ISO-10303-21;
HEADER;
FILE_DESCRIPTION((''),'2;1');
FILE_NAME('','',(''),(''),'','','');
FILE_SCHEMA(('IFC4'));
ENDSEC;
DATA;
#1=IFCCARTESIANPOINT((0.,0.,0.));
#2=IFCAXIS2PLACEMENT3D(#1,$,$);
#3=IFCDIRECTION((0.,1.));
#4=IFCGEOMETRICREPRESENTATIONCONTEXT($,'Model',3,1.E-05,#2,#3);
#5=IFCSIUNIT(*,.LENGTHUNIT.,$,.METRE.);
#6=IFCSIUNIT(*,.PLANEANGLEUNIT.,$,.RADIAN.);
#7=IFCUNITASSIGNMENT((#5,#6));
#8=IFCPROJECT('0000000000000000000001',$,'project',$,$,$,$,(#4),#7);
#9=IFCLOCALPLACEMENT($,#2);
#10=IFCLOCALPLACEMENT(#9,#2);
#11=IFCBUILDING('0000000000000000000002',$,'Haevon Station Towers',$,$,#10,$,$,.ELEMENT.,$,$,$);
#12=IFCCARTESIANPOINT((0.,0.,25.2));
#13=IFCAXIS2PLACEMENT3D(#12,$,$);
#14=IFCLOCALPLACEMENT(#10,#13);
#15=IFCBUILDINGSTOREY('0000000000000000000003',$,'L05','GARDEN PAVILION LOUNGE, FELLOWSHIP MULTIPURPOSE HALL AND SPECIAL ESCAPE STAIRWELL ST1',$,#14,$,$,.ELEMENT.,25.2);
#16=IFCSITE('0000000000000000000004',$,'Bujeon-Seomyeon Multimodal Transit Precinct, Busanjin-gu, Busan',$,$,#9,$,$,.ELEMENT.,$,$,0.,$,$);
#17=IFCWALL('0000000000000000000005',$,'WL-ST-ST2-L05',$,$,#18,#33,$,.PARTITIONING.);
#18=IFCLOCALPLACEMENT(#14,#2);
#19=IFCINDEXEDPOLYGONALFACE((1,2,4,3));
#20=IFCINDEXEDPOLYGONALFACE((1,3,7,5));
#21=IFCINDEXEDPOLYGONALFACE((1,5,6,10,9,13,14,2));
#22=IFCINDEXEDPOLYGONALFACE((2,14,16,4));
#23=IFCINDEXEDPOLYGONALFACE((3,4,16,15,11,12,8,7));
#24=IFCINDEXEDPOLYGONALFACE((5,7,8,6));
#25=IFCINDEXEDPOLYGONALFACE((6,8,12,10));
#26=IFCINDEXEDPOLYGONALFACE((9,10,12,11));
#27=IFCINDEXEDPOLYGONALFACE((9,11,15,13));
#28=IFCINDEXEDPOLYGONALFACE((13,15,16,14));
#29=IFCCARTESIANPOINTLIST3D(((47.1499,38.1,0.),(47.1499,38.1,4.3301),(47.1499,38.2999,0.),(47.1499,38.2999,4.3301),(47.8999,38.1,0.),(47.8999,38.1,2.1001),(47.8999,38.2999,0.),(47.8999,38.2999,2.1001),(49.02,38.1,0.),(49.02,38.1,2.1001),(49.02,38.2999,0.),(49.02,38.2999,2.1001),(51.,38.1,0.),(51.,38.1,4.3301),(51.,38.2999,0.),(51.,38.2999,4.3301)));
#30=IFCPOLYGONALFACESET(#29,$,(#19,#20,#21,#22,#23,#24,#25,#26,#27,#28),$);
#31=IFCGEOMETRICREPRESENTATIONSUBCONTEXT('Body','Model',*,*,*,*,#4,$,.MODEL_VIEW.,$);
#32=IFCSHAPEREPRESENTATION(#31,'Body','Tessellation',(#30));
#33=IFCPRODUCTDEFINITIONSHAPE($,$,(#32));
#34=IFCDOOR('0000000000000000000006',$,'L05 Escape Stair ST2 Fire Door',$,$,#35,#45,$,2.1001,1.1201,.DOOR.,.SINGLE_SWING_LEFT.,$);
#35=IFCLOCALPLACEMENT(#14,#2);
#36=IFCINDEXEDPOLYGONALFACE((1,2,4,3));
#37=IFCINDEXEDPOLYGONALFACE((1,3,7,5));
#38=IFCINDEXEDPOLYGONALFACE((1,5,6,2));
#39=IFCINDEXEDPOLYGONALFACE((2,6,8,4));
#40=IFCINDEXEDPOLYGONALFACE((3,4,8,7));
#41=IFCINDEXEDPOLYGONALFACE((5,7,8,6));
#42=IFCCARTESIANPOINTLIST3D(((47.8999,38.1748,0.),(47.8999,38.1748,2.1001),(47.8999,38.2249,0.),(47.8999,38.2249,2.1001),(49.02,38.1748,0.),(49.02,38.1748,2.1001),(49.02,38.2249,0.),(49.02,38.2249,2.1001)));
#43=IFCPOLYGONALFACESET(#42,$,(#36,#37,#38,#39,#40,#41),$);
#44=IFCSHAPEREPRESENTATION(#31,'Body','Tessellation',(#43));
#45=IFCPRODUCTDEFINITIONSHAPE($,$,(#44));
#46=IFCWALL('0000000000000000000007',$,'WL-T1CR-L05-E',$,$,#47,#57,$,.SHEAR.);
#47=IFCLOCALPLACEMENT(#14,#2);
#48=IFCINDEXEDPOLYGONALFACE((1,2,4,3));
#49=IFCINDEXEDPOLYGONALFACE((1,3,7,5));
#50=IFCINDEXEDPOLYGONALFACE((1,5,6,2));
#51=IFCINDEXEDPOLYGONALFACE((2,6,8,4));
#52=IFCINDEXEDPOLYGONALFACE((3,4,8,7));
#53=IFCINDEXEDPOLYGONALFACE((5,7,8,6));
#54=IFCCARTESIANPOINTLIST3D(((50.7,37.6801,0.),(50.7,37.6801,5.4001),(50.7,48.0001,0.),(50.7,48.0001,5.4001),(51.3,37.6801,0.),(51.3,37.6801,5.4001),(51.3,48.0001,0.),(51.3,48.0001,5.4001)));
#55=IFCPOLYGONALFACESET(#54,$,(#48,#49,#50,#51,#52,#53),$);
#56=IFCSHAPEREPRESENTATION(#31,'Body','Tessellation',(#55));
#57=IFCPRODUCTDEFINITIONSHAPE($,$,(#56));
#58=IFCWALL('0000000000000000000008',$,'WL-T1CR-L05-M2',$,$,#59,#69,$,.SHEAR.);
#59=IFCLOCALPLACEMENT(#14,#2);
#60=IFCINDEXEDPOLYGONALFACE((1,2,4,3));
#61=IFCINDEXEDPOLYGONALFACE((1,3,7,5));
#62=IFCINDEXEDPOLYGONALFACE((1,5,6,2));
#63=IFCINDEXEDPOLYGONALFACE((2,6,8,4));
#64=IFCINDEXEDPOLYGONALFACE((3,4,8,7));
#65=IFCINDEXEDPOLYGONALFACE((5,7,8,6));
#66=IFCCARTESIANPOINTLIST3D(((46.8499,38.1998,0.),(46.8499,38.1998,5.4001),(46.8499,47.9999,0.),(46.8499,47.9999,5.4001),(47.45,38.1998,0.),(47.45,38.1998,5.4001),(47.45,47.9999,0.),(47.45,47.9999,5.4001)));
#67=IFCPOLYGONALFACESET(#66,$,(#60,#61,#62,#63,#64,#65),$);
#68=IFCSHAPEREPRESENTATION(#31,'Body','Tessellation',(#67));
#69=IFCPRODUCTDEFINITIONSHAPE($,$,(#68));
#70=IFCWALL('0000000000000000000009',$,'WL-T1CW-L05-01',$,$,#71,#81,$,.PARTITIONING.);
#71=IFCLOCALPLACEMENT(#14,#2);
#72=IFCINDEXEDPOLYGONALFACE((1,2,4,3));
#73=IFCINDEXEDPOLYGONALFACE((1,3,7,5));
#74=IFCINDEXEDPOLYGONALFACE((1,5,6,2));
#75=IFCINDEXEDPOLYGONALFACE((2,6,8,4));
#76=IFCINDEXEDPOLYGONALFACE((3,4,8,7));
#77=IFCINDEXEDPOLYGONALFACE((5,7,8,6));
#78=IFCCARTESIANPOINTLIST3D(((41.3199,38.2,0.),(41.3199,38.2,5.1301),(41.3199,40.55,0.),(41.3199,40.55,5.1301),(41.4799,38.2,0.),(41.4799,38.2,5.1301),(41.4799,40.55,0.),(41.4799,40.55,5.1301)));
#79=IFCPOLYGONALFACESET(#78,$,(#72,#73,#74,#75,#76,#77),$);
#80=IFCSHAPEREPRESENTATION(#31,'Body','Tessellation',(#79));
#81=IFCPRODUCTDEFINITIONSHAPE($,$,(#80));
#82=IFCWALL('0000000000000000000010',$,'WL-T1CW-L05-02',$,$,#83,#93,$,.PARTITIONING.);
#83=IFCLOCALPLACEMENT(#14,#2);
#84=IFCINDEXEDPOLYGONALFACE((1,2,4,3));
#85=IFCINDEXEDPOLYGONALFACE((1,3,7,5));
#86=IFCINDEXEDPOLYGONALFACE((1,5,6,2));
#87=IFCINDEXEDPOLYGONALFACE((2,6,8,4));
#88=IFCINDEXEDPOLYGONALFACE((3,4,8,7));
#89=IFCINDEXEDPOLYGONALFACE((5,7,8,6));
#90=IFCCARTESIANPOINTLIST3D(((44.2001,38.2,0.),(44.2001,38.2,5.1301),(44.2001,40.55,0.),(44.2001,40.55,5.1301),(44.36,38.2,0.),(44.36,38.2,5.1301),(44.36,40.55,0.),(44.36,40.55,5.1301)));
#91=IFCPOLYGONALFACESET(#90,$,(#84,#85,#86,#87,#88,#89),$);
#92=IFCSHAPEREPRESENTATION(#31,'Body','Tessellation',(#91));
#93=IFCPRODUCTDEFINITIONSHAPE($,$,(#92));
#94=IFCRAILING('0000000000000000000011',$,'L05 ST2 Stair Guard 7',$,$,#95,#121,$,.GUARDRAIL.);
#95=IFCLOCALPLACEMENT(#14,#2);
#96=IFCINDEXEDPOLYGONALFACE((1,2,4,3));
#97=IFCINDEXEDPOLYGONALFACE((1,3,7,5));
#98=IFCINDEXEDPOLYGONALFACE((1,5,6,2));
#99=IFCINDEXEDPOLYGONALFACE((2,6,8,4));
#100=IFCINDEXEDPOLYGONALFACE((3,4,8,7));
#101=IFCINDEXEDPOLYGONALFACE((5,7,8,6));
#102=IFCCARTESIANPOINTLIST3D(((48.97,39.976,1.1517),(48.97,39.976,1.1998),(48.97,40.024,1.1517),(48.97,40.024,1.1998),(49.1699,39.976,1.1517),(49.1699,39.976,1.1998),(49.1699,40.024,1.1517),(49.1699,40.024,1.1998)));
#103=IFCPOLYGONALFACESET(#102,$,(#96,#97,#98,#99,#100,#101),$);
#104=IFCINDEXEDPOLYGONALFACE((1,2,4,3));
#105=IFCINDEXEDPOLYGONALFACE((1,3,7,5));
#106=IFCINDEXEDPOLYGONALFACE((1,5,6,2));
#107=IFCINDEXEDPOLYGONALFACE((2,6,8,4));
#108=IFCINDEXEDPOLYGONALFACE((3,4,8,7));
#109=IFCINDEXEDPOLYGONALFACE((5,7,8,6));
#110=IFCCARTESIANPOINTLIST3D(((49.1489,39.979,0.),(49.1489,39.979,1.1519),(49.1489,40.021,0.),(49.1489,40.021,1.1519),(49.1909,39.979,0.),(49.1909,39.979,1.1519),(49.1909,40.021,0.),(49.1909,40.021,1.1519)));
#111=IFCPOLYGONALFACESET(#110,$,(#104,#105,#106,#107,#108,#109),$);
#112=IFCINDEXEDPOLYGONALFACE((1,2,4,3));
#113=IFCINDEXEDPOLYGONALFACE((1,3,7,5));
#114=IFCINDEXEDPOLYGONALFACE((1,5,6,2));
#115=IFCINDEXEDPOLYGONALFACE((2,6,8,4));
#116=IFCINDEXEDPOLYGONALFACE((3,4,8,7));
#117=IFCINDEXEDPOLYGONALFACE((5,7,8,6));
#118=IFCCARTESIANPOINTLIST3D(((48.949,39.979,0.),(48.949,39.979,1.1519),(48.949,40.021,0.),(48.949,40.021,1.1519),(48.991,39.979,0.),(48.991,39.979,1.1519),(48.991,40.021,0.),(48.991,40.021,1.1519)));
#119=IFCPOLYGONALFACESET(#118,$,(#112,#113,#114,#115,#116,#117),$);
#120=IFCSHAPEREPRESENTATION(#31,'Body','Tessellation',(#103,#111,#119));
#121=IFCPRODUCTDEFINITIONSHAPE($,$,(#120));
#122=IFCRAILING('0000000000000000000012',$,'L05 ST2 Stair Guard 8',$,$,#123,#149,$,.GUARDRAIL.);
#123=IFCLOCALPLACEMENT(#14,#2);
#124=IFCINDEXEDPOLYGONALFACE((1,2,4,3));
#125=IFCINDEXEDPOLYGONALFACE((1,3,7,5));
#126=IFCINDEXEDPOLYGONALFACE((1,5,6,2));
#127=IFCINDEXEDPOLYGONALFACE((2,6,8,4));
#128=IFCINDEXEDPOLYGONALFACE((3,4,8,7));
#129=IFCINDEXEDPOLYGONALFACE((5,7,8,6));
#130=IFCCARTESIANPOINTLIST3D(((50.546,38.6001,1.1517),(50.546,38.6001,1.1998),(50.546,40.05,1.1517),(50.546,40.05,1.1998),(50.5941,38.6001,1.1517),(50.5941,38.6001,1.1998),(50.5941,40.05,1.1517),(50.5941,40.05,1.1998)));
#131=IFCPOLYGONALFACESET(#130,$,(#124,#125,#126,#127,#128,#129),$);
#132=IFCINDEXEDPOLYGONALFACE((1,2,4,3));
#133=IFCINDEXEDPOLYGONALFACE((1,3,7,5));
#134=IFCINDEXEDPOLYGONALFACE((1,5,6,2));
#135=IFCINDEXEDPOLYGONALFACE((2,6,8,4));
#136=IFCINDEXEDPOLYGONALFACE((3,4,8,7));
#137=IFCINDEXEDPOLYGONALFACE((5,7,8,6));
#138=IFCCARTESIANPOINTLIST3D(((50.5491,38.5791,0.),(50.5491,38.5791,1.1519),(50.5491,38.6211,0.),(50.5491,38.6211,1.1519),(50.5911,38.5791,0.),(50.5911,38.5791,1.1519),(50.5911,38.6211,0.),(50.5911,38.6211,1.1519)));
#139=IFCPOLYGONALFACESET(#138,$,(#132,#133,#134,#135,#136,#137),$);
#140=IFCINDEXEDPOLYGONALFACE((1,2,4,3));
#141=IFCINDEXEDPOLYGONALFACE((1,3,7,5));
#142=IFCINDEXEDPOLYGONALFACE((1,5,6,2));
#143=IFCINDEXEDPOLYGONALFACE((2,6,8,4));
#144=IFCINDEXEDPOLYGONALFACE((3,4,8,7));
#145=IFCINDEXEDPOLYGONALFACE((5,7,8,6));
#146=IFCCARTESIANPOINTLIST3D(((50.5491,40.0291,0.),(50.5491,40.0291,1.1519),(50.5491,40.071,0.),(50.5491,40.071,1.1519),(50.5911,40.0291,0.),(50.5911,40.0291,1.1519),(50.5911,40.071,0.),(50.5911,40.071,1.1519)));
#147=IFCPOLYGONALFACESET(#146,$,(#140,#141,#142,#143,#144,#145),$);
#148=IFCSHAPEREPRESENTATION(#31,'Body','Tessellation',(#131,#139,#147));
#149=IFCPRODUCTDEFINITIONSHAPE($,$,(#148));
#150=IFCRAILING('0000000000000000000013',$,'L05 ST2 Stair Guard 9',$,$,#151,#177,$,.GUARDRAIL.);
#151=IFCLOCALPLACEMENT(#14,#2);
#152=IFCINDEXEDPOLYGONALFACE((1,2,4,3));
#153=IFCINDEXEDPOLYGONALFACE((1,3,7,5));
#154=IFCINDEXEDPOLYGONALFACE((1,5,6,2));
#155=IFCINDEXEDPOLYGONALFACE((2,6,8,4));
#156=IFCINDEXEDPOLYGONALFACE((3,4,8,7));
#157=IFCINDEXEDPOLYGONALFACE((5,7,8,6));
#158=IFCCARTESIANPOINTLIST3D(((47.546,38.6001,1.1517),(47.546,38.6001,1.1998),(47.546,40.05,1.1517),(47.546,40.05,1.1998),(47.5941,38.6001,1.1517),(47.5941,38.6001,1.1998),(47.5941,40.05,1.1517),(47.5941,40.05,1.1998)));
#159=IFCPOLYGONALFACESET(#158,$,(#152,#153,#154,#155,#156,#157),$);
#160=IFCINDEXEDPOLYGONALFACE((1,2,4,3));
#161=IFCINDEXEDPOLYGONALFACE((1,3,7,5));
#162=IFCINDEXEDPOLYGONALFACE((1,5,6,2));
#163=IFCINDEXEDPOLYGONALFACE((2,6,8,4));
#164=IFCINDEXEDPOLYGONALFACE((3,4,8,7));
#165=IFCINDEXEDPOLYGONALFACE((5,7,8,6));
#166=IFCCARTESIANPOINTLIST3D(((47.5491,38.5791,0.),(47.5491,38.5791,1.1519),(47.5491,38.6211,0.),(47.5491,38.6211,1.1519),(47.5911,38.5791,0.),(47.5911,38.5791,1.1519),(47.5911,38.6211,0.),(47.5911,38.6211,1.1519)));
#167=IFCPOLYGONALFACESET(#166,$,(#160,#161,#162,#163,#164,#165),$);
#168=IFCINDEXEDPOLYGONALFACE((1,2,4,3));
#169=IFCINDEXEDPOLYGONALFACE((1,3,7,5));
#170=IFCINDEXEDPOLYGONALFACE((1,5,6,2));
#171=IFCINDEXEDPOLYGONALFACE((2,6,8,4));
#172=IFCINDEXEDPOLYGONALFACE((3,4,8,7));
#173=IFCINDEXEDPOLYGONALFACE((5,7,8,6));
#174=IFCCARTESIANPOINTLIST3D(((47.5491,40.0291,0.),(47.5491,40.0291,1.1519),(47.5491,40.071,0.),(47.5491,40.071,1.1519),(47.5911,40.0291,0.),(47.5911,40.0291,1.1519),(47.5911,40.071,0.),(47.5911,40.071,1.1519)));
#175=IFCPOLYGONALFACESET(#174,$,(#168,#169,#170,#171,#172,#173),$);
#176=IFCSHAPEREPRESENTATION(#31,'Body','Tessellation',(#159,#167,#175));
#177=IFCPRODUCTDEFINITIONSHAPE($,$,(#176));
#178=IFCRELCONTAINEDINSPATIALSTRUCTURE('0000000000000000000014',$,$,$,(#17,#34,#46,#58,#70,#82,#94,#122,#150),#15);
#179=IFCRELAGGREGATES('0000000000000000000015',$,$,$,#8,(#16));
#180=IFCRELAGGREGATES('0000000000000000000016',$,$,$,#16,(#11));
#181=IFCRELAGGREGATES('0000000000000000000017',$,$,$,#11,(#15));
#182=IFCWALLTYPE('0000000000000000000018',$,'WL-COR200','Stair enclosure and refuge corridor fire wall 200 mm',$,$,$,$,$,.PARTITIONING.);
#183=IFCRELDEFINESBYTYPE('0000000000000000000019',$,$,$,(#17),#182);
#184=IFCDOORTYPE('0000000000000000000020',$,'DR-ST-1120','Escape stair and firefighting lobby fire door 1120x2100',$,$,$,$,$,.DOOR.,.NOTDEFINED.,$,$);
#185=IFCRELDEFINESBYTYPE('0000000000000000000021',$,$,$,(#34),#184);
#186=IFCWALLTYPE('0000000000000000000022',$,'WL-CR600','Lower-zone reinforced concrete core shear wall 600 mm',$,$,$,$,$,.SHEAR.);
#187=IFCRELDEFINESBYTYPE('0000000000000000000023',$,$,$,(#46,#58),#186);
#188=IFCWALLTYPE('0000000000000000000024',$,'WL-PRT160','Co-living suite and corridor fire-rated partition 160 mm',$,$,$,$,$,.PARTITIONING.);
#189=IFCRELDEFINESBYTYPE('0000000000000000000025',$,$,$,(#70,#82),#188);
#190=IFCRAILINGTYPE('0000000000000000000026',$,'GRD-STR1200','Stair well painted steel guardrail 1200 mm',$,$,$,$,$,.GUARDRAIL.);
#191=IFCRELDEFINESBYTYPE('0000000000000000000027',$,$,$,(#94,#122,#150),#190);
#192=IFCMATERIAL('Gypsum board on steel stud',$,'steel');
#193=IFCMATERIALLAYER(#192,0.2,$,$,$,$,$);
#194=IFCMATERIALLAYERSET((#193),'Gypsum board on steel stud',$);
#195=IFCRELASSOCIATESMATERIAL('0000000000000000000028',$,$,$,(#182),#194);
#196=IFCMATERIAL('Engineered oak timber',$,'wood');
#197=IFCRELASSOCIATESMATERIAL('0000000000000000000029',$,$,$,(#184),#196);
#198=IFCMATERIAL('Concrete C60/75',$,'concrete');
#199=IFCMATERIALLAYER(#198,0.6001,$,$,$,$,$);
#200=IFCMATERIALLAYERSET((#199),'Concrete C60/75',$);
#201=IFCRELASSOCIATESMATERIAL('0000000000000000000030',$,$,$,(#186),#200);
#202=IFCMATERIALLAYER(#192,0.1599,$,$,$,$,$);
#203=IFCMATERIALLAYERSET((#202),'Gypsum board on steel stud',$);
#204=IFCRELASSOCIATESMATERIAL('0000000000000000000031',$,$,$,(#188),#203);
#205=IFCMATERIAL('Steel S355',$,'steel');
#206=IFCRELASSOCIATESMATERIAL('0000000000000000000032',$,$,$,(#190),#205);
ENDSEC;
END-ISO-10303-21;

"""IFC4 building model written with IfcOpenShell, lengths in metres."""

from ifc_helpers import new_model, si_unit, direction, frame, frame_2d, origin, origin_2d, place, context, subcontext, project, spatial, rectangle, extrude, material, layer, layer_set, type_object, element, fill, save


model = new_model("IFC4")

# Units and contexts
model_context = context("Model", 3, precision=1e-05, world=origin(), true_north=direction((0.0, 1.0)))
body_context = subcontext(model_context, "Body", "Model", "MODEL_VIEW")
ifc_project = project(units=[si_unit("LENGTHUNIT", "METRE"), si_unit("PLANEANGLEUNIT", "RADIAN")], contexts=[model_context])

# Site, building, storey
site_placement = place(None, origin())
site = spatial("IfcSite", under=ifc_project, at=site_placement, Name="Bujeon-Seomyeon Multimodal Transit Precinct, Busanjin-gu, Busan", CompositionType="ELEMENT", RefElevation=0.0)
building_placement = place(site_placement, origin())
building = spatial("IfcBuilding", under=site, at=building_placement, Name="Haevon Station Towers", CompositionType="ELEMENT")
storey_placement = place(building_placement, frame((0.0, 0.0, 25.2)))
storey = spatial("IfcBuildingStorey", under=building, at=storey_placement, Name="L05", Description="GARDEN PAVILION LOUNGE, FELLOWSHIP MULTIPURPOSE HALL AND SPECIAL ESCAPE STAIRWELL ST1", CompositionType="ELEMENT", Elevation=25.2)

# Shared definitions
ifc_material_1 = material(Name="Steel S355", Category="steel")

# Wall, opening, door
ifc_material_2 = material(Name="Gypsum board on steel stud", Category="steel")
ifc_layer_1 = layer(ifc_material_2, 0.2)
ifc_layer_set_1 = layer_set([ifc_layer_1], Name="Gypsum board on steel stud")
wall_type_1 = type_object("IfcWallType", Name="WL-COR200", Description="Stair enclosure and refuge corridor fire wall 200 mm", PredefinedType="PARTITIONING", material=ifc_layer_set_1)
wall_1_placement = place(storey_placement, frame((47.1499, 38.2, 0.0), z_axis=(0.0, 0.0, 1.0), x_axis=(1.0, 0.0, 0.0)))
wall_1 = element("IfcWall", 1, at=wall_1_placement, inside=storey, type_object=wall_type_1, Name="WL-ST-ST2-L05", PredefinedType="PARTITIONING", context=body_context, shape_type="SweptSolid", body=[
    extrude(rectangle(XDim=3.8501, YDim=0.2, at=frame_2d((1.925, 0.0))), origin(), (0.0, 0.0, 1.0), 4.3301),
])
opening_placement = place(wall_1_placement, frame((0.75, 0.0, 0.0)))
opening = element("IfcOpeningElement", 2, at=opening_placement, cuts=wall_1, PredefinedType="OPENING", context=body_context, shape_type="SweptSolid", body=[
    extrude(rectangle(XDim=1.1201, YDim=2.1001, at=frame_2d((0.5601, 1.05))), frame((0.0, 0.1099, 0.0), z_axis=(0.0, -1.0, 0.0), x_axis=(1.0, 0.0, 0.0)), (0.0, 0.0, 1.0), 0.22),
])
ifc_material_3 = material(Name="Engineered oak timber", Category="wood")
door_type = type_object("IfcDoorType", Name="DR-ST-1120", Description="Escape stair and firefighting lobby fire door 1120x2100", OperationType="NOTDEFINED", PredefinedType="DOOR", material=ifc_material_3)
door_placement = place(opening_placement, origin())
door = element("IfcDoor", 3, at=door_placement, inside=storey, type_object=door_type, Name="L05 Escape Stair ST2 Fire Door", OperationType="SINGLE_SWING_LEFT", OverallHeight=2.1001, OverallWidth=1.1201, PredefinedType="DOOR", context=body_context, shape_type="SweptSolid", body=[
    extrude(rectangle(XDim=1.1201, YDim=2.1001, at=frame_2d((0.5601, 1.05))), frame((0.0, 0.0249, 0.0), z_axis=(0.0, -1.0, 0.0), x_axis=(1.0, 0.0, 0.0)), (0.0, 0.0, 1.0), 0.05),
])
fill(opening, door)

# Walls
ifc_material_4 = material(Name="Concrete C60/75", Category="concrete")
ifc_layer_2 = layer(ifc_material_4, 0.6001)
ifc_layer_set_2 = layer_set([ifc_layer_2], Name="Concrete C60/75")
wall_type_2 = type_object("IfcWallType", Name="WL-CR600", Description="Lower-zone reinforced concrete core shear wall 600 mm", PredefinedType="SHEAR", material=ifc_layer_set_2)
wall_2_placement = place(storey_placement, frame((51.0, 37.6799, 0.0), z_axis=(0.0, 0.0, 1.0), x_axis=(0.0, 1.0, 0.0)))
element("IfcWall", 4, at=wall_2_placement, inside=storey, type_object=wall_type_2, Name="WL-T1CR-L05-E", PredefinedType="SHEAR", context=body_context, shape_type="SweptSolid", body=[
    extrude(rectangle(XDim=10.3201, YDim=0.6001, at=frame_2d((5.1602, 0.0))), origin(), (0.0, 0.0, 1.0), 5.4001),
])
wall_3_placement = place(storey_placement, frame((47.1499, 38.2, 0.0), z_axis=(0.0, 0.0, 1.0), x_axis=(0.0, 1.0, 0.0)))
element("IfcWall", 5, at=wall_3_placement, inside=storey, type_object=wall_type_2, Name="WL-T1CR-L05-M2", PredefinedType="SHEAR", context=body_context, shape_type="SweptSolid", body=[
    extrude(rectangle(XDim=9.8, YDim=0.6001, at=frame_2d((4.8999, 0.0))), origin(), (0.0, 0.0, 1.0), 5.4001),
])
ifc_layer_3 = layer(ifc_material_2, 0.1599)
ifc_layer_set_3 = layer_set([ifc_layer_3], Name="Gypsum board on steel stud")
wall_type_3 = type_object("IfcWallType", Name="WL-PRT160", Description="Co-living suite and corridor fire-rated partition 160 mm", PredefinedType="PARTITIONING", material=ifc_layer_set_3)
for number, where, z_axis, x_axis, name in (
    (6, (41.3999, 38.2, 0.0), (0.0, 0.0, 1.0), (0.0, 1.0, 0.0), "WL-T1CW-L05-01"),
    (7, (44.28, 38.2, 0.0), (0.0, 0.0, 1.0), (0.0, 1.0, 0.0), "WL-T1CW-L05-02"),
):
    element("IfcWall", number, at=place(storey_placement, frame(where, z_axis=z_axis, x_axis=x_axis)), inside=storey, type_object=wall_type_3, Name=name, PredefinedType="PARTITIONING", context=body_context, shape_type="SweptSolid", body=[
        extrude(rectangle(XDim=2.3501, YDim=0.1599, at=frame_2d((1.175, 0.0))), origin(), (0.0, 0.0, 1.0), 5.1301),
    ])

# Railings
railing_type = type_object("IfcRailingType", Name="GRD-STR1200", Description="Stair well painted steel guardrail 1200 mm", PredefinedType="GUARDRAIL", material=ifc_material_1)
railing_placement = place(storey_placement, frame((49.1699, 40.0, 0.0)))
element("IfcRailing", 8, at=railing_placement, inside=storey, type_object=railing_type, Name="L05 ST2 Stair Guard 7", PredefinedType="GUARDRAIL", context=body_context, shape_type="SweptSolid", body=[
    extrude(rectangle(XDim=0.0481, YDim=0.0481, at=origin_2d()), frame((0.0, 0.0, 1.1758), z_axis=(-1.0, 0.0, 0.0), x_axis=(0.0, -1.0, 0.0)), (0.0, 0.0, 1.0), 0.2),
    extrude(rectangle(XDim=0.042, YDim=0.042, at=origin_2d()), origin(), (0.0, 0.0, 1.0), 1.1519),
    extrude(rectangle(XDim=0.042, YDim=0.042, at=origin_2d()), frame((-0.2, 0.0, 0.0)), (0.0, 0.0, 1.0), 1.1519),
])
for number, where, name in (
    (9, (50.5701, 38.6001, 0.0), "L05 ST2 Stair Guard 8"),
    (10, (47.5701, 38.6001, 0.0), "L05 ST2 Stair Guard 9"),
):
    element("IfcRailing", number, at=place(storey_placement, frame(where)), inside=storey, type_object=railing_type, Name=name, PredefinedType="GUARDRAIL", context=body_context, shape_type="SweptSolid", body=[
        extrude(rectangle(XDim=0.0481, YDim=0.0481, at=origin_2d()), frame((0.0, 0.0, 1.1758), z_axis=(0.0, 1.0, 0.0), x_axis=(-1.0, 0.0, 0.0)), (0.0, 0.0, 1.0), 1.45),
        extrude(rectangle(XDim=0.042, YDim=0.042, at=origin_2d()), origin(), (0.0, 0.0, 1.0), 1.1519),
        extrude(rectangle(XDim=0.042, YDim=0.042, at=origin_2d()), frame((0.0, 1.45, 0.0)), (0.0, 0.0, 1.0), 1.1519),
    ])

save(model, "model.ifc")
